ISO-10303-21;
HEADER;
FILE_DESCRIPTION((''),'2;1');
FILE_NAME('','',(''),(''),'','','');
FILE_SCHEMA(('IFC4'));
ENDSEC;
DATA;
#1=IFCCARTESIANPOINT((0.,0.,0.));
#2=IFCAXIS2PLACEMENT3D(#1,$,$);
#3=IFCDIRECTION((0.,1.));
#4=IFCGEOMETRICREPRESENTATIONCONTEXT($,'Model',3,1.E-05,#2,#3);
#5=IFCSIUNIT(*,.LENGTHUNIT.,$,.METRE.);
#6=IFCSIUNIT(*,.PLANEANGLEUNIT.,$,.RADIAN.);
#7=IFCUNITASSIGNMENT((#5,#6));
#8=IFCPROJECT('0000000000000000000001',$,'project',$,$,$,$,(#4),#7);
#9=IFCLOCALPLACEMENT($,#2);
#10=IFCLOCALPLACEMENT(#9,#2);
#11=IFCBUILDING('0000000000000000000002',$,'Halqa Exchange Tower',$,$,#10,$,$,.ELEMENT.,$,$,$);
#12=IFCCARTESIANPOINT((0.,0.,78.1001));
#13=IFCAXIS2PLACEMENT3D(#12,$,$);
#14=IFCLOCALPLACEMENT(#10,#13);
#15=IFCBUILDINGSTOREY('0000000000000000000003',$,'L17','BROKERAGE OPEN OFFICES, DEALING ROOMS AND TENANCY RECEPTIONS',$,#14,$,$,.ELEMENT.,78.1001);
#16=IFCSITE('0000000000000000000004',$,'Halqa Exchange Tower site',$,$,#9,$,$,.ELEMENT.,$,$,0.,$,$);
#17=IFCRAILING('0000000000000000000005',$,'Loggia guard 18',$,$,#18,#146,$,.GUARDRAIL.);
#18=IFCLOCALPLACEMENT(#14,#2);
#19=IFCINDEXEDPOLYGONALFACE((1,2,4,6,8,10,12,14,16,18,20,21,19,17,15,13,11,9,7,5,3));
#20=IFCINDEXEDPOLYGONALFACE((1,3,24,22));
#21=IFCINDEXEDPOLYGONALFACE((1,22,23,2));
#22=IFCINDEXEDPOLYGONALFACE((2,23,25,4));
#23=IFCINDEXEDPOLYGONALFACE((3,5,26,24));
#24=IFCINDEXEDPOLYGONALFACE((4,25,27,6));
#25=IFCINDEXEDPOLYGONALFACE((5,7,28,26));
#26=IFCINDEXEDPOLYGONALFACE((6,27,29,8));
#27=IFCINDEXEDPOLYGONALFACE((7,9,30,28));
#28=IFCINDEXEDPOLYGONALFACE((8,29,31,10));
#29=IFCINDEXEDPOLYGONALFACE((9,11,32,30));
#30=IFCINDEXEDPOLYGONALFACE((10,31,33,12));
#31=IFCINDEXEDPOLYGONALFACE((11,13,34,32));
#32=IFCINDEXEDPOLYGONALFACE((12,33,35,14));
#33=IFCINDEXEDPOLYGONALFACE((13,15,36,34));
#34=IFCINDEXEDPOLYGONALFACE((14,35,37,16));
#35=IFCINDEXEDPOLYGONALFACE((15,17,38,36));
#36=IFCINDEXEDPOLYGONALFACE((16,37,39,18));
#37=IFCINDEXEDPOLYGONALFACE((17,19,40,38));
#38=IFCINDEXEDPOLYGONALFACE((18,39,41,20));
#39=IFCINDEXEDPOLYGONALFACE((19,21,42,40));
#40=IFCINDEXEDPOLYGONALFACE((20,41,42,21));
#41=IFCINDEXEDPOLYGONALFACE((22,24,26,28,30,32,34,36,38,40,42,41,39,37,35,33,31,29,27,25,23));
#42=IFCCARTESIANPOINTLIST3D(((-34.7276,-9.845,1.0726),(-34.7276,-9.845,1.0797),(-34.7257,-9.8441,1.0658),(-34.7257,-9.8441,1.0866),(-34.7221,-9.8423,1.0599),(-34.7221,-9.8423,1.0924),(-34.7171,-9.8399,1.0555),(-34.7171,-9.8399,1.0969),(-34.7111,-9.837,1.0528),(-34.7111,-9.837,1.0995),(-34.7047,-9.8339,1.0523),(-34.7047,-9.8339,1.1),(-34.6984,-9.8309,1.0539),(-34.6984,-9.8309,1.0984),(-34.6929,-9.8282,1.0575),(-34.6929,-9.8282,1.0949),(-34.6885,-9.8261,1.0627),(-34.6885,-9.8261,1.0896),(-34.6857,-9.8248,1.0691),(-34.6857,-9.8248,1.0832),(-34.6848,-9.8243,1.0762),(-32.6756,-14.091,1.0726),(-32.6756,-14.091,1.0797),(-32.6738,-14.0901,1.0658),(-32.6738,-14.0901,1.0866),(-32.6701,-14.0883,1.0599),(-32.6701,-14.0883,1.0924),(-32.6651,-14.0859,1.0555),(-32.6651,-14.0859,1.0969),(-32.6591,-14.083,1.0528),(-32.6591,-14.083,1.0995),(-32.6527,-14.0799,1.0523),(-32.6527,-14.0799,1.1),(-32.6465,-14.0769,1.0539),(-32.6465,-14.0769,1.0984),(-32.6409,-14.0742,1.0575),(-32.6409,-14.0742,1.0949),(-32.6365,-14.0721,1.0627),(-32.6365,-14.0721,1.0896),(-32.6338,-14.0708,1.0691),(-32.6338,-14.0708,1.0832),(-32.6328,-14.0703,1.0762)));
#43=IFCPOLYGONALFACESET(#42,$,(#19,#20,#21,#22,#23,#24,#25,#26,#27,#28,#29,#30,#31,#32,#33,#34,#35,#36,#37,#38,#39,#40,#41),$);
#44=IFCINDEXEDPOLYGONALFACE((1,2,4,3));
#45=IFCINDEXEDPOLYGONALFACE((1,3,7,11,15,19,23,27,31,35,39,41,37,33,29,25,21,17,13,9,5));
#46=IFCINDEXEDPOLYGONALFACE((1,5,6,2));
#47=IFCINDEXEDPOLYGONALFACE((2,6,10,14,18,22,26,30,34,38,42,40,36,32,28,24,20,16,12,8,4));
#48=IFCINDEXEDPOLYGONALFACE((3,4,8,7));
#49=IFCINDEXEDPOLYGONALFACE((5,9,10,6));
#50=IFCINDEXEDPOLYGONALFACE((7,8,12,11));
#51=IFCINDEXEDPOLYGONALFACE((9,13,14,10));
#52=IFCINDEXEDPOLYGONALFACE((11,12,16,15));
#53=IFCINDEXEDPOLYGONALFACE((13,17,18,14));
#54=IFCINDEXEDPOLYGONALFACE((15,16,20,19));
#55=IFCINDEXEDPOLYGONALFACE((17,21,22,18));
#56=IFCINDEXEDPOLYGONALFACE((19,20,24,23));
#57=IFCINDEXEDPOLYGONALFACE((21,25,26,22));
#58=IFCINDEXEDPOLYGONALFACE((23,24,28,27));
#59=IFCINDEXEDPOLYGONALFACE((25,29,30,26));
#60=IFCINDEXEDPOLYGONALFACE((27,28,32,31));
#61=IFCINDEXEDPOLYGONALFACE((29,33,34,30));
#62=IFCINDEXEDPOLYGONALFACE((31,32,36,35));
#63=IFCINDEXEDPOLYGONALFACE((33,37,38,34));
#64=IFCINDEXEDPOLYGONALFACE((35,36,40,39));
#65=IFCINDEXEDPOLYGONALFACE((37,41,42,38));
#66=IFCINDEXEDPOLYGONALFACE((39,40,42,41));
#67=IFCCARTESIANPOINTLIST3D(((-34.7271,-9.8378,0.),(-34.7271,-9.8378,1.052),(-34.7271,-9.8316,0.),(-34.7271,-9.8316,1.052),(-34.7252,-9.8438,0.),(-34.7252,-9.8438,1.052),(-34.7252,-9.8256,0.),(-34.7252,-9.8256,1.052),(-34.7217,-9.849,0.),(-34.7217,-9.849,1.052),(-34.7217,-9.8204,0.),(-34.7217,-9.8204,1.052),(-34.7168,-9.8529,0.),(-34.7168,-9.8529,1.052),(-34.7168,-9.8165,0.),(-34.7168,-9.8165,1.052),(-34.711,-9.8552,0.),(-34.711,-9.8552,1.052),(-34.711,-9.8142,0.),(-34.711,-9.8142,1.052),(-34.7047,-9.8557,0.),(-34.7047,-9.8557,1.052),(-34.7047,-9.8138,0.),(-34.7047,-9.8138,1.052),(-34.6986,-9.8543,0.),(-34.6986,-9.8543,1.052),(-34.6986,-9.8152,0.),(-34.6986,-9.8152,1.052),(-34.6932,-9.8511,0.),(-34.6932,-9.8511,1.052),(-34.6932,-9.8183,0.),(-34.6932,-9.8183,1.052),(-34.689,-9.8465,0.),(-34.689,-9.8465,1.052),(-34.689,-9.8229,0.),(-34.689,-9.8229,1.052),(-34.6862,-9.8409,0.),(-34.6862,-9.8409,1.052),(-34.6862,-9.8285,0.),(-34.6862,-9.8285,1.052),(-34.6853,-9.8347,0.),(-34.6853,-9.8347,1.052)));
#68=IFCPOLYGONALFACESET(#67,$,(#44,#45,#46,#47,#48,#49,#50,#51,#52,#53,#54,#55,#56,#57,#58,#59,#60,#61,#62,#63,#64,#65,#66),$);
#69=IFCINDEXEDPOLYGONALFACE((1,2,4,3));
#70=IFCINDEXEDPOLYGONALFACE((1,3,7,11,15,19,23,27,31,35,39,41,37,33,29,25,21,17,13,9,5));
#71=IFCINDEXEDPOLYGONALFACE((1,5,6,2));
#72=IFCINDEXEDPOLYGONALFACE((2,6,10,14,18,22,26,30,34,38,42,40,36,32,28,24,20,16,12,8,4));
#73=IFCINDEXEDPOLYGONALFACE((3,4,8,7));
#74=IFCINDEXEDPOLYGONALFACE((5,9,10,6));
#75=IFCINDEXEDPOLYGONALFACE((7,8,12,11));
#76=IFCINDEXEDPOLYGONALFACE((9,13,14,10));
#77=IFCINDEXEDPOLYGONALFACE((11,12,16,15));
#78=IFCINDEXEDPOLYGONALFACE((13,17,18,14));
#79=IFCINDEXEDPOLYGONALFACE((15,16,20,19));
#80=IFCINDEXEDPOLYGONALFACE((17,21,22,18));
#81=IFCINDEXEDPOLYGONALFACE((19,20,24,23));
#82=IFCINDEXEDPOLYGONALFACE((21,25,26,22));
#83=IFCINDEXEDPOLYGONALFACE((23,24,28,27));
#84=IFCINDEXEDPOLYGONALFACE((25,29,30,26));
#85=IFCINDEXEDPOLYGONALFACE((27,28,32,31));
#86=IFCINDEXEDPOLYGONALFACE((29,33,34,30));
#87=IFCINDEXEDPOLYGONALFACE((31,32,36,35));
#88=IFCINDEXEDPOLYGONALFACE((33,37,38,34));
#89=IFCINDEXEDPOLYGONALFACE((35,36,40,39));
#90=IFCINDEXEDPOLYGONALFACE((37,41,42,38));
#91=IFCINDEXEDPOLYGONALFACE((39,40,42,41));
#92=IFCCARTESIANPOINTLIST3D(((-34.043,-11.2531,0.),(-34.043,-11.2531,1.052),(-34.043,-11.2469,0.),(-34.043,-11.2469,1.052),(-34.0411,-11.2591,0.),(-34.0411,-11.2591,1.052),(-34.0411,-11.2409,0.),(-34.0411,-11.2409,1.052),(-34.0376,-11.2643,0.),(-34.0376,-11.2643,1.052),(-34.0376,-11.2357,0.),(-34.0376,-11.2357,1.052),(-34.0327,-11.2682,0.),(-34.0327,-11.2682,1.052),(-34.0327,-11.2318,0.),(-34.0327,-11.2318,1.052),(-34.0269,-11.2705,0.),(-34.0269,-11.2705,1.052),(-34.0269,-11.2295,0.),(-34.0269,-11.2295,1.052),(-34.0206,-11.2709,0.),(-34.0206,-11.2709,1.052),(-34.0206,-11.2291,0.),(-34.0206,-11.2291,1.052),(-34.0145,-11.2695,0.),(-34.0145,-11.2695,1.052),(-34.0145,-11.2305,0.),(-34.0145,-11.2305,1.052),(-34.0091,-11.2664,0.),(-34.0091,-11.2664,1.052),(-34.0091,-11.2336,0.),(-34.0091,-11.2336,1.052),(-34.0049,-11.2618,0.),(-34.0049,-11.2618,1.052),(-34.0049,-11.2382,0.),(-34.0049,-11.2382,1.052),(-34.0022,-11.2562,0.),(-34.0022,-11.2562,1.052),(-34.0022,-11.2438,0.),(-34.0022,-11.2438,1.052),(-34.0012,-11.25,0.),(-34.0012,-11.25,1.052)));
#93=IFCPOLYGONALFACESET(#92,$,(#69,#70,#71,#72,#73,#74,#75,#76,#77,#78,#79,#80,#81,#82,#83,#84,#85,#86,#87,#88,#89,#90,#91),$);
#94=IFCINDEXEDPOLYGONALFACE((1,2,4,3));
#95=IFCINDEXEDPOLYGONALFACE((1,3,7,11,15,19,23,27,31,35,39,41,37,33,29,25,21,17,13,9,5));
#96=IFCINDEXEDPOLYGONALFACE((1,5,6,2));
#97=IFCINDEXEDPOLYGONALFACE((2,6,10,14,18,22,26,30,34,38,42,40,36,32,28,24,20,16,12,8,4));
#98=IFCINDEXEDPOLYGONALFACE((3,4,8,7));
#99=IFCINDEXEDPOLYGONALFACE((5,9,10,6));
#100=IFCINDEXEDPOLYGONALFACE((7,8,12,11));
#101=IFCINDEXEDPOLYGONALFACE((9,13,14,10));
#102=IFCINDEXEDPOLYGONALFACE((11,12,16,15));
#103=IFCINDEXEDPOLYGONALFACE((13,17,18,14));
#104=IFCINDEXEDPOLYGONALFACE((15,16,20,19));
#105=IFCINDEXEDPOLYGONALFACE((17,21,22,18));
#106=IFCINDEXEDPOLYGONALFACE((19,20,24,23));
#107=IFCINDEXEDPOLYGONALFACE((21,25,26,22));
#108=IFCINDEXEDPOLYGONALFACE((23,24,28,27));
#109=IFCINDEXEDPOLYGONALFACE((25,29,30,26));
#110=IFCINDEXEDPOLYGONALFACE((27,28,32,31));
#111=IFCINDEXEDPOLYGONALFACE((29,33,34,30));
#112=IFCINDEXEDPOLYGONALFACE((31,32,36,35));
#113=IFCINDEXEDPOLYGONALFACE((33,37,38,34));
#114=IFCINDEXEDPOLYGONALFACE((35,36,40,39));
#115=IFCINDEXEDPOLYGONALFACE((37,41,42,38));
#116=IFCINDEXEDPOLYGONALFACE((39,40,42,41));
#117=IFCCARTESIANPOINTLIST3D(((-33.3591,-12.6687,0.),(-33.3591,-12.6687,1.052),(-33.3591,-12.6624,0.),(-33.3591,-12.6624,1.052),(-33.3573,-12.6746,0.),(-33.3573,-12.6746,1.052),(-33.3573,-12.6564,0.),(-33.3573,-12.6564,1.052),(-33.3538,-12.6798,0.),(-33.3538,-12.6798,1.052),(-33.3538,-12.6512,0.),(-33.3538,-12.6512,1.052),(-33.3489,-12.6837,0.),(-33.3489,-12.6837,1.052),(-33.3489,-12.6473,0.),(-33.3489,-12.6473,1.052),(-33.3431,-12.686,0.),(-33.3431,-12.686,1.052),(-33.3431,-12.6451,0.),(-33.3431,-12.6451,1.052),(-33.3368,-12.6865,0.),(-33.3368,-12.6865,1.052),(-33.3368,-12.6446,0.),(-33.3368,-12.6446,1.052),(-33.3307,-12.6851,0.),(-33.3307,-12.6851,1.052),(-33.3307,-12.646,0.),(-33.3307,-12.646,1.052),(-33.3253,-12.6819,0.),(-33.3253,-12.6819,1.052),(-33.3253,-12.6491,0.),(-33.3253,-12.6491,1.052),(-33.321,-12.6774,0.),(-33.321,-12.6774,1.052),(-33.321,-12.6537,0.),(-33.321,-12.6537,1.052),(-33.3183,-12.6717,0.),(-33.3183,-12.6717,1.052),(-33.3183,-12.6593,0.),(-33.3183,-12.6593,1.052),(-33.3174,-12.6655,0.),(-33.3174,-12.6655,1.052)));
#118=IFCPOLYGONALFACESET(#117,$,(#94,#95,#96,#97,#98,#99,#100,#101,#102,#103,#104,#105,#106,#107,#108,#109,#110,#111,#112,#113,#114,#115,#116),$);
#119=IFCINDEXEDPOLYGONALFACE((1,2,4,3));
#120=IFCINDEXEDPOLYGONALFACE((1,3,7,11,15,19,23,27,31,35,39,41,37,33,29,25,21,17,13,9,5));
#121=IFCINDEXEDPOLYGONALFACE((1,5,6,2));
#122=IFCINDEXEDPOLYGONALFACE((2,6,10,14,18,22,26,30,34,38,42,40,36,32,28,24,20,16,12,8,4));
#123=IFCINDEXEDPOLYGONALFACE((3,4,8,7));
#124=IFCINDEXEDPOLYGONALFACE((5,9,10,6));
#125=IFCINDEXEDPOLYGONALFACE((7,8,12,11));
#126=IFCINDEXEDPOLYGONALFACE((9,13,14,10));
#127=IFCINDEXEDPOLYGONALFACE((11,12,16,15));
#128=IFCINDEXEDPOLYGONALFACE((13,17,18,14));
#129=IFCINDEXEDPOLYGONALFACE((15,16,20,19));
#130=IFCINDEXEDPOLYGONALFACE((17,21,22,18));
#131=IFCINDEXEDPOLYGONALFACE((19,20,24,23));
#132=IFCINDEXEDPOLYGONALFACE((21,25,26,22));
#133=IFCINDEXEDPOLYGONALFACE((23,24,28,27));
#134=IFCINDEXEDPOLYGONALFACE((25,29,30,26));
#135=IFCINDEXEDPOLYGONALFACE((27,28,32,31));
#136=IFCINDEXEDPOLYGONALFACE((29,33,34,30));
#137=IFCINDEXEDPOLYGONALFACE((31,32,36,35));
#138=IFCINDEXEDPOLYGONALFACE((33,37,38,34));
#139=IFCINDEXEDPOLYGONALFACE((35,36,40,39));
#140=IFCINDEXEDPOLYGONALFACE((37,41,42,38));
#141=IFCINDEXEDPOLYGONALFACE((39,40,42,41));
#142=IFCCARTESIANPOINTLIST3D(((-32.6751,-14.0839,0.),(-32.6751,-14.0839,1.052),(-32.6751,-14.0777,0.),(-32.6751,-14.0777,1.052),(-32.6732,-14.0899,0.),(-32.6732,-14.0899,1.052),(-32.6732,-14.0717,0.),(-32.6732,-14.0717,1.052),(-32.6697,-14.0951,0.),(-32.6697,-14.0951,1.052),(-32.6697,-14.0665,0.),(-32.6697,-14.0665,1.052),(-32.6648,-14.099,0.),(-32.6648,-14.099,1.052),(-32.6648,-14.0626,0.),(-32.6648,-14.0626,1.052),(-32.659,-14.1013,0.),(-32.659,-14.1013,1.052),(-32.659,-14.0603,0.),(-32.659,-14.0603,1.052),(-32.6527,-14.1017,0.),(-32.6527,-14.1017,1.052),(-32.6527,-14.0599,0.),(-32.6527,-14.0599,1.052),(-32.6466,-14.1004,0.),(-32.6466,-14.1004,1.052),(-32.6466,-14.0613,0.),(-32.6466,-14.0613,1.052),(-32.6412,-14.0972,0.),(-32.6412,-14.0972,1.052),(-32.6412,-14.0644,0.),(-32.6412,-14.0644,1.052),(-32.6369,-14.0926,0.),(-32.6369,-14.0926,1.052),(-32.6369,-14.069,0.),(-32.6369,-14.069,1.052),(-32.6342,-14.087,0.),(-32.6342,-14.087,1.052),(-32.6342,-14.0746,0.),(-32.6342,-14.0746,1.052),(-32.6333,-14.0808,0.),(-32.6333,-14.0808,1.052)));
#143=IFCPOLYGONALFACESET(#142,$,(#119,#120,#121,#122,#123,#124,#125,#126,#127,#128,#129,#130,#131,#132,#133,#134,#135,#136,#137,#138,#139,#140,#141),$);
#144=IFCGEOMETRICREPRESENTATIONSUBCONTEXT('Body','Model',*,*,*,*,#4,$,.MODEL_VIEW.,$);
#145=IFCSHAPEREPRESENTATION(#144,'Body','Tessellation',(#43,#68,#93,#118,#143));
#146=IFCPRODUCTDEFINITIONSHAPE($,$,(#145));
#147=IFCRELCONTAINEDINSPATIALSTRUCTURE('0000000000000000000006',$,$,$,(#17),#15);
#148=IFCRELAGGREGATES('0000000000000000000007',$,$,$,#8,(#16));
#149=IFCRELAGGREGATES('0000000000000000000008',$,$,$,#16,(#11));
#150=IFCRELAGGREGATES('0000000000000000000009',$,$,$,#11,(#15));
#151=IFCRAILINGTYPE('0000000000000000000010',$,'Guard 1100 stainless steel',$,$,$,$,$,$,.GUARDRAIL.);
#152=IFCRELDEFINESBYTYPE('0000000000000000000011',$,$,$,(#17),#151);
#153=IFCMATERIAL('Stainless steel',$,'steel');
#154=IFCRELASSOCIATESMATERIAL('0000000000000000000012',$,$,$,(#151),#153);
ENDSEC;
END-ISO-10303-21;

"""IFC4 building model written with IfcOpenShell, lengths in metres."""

from ifc_helpers import new_model, si_unit, direction, frame, origin, origin_2d, place, context, subcontext, project, spatial, circle, extrude, material, type_object, element, save


model = new_model("IFC4")

# Units and contexts
model_context = context("Model", 3, precision=1e-05, world=origin(), true_north=direction((0.0, 1.0)))
body_context = subcontext(model_context, "Body", "Model", "MODEL_VIEW")
ifc_project = project(units=[si_unit("LENGTHUNIT", "METRE"), si_unit("PLANEANGLEUNIT", "RADIAN")], contexts=[model_context])

# Site, building, storey
site_placement = place(None, origin())
site = spatial("IfcSite", under=ifc_project, at=site_placement, Name="Halqa Exchange Tower site", CompositionType="ELEMENT", RefElevation=0.0)
building_placement = place(site_placement, origin())
building = spatial("IfcBuilding", under=site, at=building_placement, Name="Halqa Exchange Tower", CompositionType="ELEMENT")
storey_placement = place(building_placement, frame((0.0, 0.0, 78.1001)))
storey = spatial("IfcBuildingStorey", under=building, at=storey_placement, Name="L17", Description="BROKERAGE OPEN OFFICES, DEALING ROOMS AND TENANCY RECEPTIONS", CompositionType="ELEMENT", Elevation=78.1001)

# Railing
ifc_material_1 = material(Name="Stainless steel", Category="steel")
railing_type = type_object("IfcRailingType", Name="Guard 1100 stainless steel", PredefinedType="GUARDRAIL", material=ifc_material_1)
railing_1_placement = place(storey_placement, frame((-34.7063, -9.8347, 0.0)))
element("IfcRailing", 1, at=railing_1_placement, inside=storey, type_object=railing_type, Name="Loggia guard 18", PredefinedType="GUARDRAIL", context=body_context, shape_type="SweptSolid", body=[
    extrude(circle(Radius=0.0239, at=origin_2d()), frame((0.0, 0.0, 1.0762), z_axis=(0.435121, -0.900372, 0.0), x_axis=(0.900372, 0.435121, 0.0)), (0.0, 0.0, 1.0), 4.7158),
    extrude(circle(Radius=0.021, at=origin_2d()), origin(), (0.0, 0.0, 1.0), 1.052),
    extrude(circle(Radius=0.021, at=origin_2d()), frame((0.6841, -1.4153, 0.0)), (0.0, 0.0, 1.0), 1.052),
    extrude(circle(Radius=0.021, at=origin_2d()), frame((1.3679, -2.8308, 0.0)), (0.0, 0.0, 1.0), 1.052),
    extrude(circle(Radius=0.021, at=origin_2d()), frame((2.052, -4.2461, 0.0)), (0.0, 0.0, 1.0), 1.052),
])

save(model, "model.ifc")
